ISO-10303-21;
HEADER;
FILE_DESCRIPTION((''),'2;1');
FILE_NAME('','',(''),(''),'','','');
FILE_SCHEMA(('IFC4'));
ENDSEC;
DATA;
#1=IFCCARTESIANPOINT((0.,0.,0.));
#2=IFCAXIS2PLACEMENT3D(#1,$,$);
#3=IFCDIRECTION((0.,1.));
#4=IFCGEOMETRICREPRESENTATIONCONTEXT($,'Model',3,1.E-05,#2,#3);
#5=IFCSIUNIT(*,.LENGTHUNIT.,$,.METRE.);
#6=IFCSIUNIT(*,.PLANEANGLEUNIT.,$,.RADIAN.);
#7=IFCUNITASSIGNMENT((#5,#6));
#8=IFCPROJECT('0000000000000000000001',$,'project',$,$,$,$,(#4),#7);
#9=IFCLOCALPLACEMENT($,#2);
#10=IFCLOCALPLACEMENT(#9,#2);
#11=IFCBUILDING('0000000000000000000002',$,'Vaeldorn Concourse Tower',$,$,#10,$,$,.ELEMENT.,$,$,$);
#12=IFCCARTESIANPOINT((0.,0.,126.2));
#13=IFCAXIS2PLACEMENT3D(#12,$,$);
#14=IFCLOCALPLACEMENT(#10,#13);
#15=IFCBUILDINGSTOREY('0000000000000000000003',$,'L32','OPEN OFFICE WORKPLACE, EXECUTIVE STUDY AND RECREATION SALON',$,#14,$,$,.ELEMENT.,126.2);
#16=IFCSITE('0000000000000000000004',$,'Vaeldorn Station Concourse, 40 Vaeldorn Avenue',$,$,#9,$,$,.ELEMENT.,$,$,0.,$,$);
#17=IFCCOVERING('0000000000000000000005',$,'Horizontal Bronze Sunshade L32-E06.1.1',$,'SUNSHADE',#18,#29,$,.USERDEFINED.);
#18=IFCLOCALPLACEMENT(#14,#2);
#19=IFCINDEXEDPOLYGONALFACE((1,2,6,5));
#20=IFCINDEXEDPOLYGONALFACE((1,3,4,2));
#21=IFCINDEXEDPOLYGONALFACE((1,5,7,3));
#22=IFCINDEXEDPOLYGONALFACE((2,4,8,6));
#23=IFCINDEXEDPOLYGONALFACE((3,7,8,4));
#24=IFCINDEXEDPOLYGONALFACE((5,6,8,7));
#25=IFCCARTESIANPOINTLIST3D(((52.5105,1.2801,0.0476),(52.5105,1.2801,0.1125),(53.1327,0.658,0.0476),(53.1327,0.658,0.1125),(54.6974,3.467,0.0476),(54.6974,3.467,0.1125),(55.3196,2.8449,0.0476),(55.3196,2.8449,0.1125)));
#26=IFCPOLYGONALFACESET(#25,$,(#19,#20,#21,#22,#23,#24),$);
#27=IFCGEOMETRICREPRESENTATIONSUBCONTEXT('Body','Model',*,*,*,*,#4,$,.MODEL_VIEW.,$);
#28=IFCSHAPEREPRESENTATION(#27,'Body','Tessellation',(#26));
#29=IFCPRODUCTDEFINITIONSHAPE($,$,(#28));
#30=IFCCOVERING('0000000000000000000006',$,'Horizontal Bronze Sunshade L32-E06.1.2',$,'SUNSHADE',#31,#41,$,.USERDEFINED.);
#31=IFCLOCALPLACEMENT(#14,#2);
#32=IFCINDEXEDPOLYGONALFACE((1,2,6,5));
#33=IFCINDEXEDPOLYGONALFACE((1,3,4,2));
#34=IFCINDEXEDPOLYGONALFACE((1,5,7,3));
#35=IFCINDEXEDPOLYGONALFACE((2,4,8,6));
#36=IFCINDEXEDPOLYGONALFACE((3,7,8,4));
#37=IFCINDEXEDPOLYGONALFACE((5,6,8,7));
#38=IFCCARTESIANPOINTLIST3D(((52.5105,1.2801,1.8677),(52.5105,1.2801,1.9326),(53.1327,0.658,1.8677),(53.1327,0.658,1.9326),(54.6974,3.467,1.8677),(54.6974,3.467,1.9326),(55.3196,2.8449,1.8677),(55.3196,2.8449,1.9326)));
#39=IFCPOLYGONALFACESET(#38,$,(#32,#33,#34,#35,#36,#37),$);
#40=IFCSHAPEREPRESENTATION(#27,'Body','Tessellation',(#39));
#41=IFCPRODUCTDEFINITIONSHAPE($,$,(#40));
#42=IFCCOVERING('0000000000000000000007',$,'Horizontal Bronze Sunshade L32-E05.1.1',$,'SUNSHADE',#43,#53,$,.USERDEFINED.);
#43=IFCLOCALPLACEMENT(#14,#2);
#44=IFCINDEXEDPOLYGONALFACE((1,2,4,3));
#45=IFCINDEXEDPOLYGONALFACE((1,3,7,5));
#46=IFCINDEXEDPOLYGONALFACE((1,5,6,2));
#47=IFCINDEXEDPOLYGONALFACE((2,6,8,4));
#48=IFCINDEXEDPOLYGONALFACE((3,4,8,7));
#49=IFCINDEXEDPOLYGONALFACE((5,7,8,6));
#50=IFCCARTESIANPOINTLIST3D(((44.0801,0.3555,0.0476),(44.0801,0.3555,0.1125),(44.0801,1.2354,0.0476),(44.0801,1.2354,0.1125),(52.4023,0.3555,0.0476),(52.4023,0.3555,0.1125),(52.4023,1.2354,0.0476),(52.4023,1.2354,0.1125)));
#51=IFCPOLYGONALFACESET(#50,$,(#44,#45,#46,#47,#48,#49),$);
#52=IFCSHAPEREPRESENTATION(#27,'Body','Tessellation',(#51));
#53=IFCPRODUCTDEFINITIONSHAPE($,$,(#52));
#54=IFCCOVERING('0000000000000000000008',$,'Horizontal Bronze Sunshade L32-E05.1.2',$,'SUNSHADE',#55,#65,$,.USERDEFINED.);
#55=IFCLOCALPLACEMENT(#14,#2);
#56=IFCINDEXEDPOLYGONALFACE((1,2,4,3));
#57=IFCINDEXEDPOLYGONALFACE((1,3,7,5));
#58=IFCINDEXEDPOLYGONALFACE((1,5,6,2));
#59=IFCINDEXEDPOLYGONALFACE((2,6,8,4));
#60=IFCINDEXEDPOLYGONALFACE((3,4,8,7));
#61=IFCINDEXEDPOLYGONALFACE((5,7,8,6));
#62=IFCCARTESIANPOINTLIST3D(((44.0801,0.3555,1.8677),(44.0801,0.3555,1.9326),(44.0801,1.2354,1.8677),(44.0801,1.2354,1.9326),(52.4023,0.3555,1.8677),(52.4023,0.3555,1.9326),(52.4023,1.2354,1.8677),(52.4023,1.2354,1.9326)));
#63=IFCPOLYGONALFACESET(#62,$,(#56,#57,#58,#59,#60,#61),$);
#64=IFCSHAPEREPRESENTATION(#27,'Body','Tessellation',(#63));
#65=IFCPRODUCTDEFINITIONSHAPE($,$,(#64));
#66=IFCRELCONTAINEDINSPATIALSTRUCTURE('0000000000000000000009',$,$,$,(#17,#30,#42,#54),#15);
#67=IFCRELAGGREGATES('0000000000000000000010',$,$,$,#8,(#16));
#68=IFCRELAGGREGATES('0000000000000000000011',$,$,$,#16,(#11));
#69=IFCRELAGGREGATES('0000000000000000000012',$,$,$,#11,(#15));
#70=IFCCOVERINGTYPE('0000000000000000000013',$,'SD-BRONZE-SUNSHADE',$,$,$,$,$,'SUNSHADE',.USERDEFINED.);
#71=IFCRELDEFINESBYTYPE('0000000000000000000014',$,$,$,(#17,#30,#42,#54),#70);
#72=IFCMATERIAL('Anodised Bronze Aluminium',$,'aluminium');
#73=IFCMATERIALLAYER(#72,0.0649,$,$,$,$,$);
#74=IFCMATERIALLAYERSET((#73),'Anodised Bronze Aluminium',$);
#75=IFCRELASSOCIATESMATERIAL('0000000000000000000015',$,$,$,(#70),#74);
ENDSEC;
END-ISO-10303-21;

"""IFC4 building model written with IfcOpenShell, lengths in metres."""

from ifc_helpers import new_model, si_unit, direction, frame, origin, origin_2d, place, context, subcontext, project, spatial, rectangle, extrude, source, transform, mapped, material, layer, layer_set, type_object, element, save


model = new_model("IFC4")

# Units and contexts
model_context = context("Model", 3, precision=1e-05, world=origin(), true_north=direction((0.0, 1.0)))
body_context = subcontext(model_context, "Body", "Model", "MODEL_VIEW")
ifc_project = project(units=[si_unit("LENGTHUNIT", "METRE"), si_unit("PLANEANGLEUNIT", "RADIAN")], contexts=[model_context])

# Site, building, storey
site_placement = place(None, origin())
site = spatial("IfcSite", under=ifc_project, at=site_placement, Name="Vaeldorn Station Concourse, 40 Vaeldorn Avenue", CompositionType="ELEMENT", RefElevation=0.0)
building_placement = place(site_placement, origin())
building = spatial("IfcBuilding", under=site, at=building_placement, Name="Vaeldorn Concourse Tower", CompositionType="ELEMENT")
storey_placement = place(building_placement, frame((0.0, 0.0, 126.2)))
storey = spatial("IfcBuildingStorey", under=building, at=storey_placement, Name="L32", Description="OPEN OFFICE WORKPLACE, EXECUTIVE STUDY AND RECREATION SALON", CompositionType="ELEMENT", Elevation=126.2)

# Shared definitions
ifc_material_1 = material(Name="Anodised Bronze Aluminium", Category="aluminium")

# Coverings
ifc_layer_1 = layer(ifc_material_1, 0.0649)
ifc_layer_set_1 = layer_set([ifc_layer_1], Name="Anodised Bronze Aluminium")
covering_type = type_object("IfcCoveringType", Name="SD-BRONZE-SUNSHADE", ElementType="SUNSHADE", PredefinedType="USERDEFINED", material=ifc_layer_set_1)
shared_shape_1 = source(origin(), body_context, "Body", "SweptSolid", [
    extrude(rectangle(XDim=3.0928, YDim=0.8799, at=origin_2d()), origin(), (0.0, 0.0, 1.0), 0.0649),
])
for number, where, z_axis, x_axis, name in (
    (1, (53.915, 2.0625, 0.0476), (0.0, 0.0, 1.0), (0.707107, 0.707107, 0.0), "Horizontal Bronze Sunshade L32-E06.1.1"),
    (2, (53.915, 2.0625, 1.8677), (0.0, 0.0, 1.0), (0.707107, 0.707107, 0.0), "Horizontal Bronze Sunshade L32-E06.1.2"),
):
    element("IfcCovering", number, at=place(storey_placement, frame(where, z_axis=z_axis, x_axis=x_axis)), inside=storey, type_object=covering_type, Name=name, ObjectType="SUNSHADE", PredefinedType="USERDEFINED", context=body_context, shape_type="MappedRepresentation", body=[
        mapped(shared_shape_1, transform((0.0, 0.0, 0.0), scale=1.0)),
    ])
shared_shape_2 = source(origin(), body_context, "Body", "SweptSolid", [
    extrude(rectangle(XDim=8.3223, YDim=0.8799, at=origin_2d()), origin(), (0.0, 0.0, 1.0), 0.0649),
])
for number, where, z_axis, x_axis, name in (
    (3, (48.2412, 0.7954, 0.0476), (0.0, 0.0, 1.0), (1.0, 0.0, 0.0), "Horizontal Bronze Sunshade L32-E05.1.1"),
    (4, (48.2412, 0.7954, 1.8677), (0.0, 0.0, 1.0), (1.0, 0.0, 0.0), "Horizontal Bronze Sunshade L32-E05.1.2"),
):
    element("IfcCovering", number, at=place(storey_placement, frame(where, z_axis=z_axis, x_axis=x_axis)), inside=storey, type_object=covering_type, Name=name, ObjectType="SUNSHADE", PredefinedType="USERDEFINED", context=body_context, shape_type="MappedRepresentation", body=[
        mapped(shared_shape_2, transform((0.0, 0.0, 0.0), scale=1.0)),
    ])

save(model, "model.ifc")
